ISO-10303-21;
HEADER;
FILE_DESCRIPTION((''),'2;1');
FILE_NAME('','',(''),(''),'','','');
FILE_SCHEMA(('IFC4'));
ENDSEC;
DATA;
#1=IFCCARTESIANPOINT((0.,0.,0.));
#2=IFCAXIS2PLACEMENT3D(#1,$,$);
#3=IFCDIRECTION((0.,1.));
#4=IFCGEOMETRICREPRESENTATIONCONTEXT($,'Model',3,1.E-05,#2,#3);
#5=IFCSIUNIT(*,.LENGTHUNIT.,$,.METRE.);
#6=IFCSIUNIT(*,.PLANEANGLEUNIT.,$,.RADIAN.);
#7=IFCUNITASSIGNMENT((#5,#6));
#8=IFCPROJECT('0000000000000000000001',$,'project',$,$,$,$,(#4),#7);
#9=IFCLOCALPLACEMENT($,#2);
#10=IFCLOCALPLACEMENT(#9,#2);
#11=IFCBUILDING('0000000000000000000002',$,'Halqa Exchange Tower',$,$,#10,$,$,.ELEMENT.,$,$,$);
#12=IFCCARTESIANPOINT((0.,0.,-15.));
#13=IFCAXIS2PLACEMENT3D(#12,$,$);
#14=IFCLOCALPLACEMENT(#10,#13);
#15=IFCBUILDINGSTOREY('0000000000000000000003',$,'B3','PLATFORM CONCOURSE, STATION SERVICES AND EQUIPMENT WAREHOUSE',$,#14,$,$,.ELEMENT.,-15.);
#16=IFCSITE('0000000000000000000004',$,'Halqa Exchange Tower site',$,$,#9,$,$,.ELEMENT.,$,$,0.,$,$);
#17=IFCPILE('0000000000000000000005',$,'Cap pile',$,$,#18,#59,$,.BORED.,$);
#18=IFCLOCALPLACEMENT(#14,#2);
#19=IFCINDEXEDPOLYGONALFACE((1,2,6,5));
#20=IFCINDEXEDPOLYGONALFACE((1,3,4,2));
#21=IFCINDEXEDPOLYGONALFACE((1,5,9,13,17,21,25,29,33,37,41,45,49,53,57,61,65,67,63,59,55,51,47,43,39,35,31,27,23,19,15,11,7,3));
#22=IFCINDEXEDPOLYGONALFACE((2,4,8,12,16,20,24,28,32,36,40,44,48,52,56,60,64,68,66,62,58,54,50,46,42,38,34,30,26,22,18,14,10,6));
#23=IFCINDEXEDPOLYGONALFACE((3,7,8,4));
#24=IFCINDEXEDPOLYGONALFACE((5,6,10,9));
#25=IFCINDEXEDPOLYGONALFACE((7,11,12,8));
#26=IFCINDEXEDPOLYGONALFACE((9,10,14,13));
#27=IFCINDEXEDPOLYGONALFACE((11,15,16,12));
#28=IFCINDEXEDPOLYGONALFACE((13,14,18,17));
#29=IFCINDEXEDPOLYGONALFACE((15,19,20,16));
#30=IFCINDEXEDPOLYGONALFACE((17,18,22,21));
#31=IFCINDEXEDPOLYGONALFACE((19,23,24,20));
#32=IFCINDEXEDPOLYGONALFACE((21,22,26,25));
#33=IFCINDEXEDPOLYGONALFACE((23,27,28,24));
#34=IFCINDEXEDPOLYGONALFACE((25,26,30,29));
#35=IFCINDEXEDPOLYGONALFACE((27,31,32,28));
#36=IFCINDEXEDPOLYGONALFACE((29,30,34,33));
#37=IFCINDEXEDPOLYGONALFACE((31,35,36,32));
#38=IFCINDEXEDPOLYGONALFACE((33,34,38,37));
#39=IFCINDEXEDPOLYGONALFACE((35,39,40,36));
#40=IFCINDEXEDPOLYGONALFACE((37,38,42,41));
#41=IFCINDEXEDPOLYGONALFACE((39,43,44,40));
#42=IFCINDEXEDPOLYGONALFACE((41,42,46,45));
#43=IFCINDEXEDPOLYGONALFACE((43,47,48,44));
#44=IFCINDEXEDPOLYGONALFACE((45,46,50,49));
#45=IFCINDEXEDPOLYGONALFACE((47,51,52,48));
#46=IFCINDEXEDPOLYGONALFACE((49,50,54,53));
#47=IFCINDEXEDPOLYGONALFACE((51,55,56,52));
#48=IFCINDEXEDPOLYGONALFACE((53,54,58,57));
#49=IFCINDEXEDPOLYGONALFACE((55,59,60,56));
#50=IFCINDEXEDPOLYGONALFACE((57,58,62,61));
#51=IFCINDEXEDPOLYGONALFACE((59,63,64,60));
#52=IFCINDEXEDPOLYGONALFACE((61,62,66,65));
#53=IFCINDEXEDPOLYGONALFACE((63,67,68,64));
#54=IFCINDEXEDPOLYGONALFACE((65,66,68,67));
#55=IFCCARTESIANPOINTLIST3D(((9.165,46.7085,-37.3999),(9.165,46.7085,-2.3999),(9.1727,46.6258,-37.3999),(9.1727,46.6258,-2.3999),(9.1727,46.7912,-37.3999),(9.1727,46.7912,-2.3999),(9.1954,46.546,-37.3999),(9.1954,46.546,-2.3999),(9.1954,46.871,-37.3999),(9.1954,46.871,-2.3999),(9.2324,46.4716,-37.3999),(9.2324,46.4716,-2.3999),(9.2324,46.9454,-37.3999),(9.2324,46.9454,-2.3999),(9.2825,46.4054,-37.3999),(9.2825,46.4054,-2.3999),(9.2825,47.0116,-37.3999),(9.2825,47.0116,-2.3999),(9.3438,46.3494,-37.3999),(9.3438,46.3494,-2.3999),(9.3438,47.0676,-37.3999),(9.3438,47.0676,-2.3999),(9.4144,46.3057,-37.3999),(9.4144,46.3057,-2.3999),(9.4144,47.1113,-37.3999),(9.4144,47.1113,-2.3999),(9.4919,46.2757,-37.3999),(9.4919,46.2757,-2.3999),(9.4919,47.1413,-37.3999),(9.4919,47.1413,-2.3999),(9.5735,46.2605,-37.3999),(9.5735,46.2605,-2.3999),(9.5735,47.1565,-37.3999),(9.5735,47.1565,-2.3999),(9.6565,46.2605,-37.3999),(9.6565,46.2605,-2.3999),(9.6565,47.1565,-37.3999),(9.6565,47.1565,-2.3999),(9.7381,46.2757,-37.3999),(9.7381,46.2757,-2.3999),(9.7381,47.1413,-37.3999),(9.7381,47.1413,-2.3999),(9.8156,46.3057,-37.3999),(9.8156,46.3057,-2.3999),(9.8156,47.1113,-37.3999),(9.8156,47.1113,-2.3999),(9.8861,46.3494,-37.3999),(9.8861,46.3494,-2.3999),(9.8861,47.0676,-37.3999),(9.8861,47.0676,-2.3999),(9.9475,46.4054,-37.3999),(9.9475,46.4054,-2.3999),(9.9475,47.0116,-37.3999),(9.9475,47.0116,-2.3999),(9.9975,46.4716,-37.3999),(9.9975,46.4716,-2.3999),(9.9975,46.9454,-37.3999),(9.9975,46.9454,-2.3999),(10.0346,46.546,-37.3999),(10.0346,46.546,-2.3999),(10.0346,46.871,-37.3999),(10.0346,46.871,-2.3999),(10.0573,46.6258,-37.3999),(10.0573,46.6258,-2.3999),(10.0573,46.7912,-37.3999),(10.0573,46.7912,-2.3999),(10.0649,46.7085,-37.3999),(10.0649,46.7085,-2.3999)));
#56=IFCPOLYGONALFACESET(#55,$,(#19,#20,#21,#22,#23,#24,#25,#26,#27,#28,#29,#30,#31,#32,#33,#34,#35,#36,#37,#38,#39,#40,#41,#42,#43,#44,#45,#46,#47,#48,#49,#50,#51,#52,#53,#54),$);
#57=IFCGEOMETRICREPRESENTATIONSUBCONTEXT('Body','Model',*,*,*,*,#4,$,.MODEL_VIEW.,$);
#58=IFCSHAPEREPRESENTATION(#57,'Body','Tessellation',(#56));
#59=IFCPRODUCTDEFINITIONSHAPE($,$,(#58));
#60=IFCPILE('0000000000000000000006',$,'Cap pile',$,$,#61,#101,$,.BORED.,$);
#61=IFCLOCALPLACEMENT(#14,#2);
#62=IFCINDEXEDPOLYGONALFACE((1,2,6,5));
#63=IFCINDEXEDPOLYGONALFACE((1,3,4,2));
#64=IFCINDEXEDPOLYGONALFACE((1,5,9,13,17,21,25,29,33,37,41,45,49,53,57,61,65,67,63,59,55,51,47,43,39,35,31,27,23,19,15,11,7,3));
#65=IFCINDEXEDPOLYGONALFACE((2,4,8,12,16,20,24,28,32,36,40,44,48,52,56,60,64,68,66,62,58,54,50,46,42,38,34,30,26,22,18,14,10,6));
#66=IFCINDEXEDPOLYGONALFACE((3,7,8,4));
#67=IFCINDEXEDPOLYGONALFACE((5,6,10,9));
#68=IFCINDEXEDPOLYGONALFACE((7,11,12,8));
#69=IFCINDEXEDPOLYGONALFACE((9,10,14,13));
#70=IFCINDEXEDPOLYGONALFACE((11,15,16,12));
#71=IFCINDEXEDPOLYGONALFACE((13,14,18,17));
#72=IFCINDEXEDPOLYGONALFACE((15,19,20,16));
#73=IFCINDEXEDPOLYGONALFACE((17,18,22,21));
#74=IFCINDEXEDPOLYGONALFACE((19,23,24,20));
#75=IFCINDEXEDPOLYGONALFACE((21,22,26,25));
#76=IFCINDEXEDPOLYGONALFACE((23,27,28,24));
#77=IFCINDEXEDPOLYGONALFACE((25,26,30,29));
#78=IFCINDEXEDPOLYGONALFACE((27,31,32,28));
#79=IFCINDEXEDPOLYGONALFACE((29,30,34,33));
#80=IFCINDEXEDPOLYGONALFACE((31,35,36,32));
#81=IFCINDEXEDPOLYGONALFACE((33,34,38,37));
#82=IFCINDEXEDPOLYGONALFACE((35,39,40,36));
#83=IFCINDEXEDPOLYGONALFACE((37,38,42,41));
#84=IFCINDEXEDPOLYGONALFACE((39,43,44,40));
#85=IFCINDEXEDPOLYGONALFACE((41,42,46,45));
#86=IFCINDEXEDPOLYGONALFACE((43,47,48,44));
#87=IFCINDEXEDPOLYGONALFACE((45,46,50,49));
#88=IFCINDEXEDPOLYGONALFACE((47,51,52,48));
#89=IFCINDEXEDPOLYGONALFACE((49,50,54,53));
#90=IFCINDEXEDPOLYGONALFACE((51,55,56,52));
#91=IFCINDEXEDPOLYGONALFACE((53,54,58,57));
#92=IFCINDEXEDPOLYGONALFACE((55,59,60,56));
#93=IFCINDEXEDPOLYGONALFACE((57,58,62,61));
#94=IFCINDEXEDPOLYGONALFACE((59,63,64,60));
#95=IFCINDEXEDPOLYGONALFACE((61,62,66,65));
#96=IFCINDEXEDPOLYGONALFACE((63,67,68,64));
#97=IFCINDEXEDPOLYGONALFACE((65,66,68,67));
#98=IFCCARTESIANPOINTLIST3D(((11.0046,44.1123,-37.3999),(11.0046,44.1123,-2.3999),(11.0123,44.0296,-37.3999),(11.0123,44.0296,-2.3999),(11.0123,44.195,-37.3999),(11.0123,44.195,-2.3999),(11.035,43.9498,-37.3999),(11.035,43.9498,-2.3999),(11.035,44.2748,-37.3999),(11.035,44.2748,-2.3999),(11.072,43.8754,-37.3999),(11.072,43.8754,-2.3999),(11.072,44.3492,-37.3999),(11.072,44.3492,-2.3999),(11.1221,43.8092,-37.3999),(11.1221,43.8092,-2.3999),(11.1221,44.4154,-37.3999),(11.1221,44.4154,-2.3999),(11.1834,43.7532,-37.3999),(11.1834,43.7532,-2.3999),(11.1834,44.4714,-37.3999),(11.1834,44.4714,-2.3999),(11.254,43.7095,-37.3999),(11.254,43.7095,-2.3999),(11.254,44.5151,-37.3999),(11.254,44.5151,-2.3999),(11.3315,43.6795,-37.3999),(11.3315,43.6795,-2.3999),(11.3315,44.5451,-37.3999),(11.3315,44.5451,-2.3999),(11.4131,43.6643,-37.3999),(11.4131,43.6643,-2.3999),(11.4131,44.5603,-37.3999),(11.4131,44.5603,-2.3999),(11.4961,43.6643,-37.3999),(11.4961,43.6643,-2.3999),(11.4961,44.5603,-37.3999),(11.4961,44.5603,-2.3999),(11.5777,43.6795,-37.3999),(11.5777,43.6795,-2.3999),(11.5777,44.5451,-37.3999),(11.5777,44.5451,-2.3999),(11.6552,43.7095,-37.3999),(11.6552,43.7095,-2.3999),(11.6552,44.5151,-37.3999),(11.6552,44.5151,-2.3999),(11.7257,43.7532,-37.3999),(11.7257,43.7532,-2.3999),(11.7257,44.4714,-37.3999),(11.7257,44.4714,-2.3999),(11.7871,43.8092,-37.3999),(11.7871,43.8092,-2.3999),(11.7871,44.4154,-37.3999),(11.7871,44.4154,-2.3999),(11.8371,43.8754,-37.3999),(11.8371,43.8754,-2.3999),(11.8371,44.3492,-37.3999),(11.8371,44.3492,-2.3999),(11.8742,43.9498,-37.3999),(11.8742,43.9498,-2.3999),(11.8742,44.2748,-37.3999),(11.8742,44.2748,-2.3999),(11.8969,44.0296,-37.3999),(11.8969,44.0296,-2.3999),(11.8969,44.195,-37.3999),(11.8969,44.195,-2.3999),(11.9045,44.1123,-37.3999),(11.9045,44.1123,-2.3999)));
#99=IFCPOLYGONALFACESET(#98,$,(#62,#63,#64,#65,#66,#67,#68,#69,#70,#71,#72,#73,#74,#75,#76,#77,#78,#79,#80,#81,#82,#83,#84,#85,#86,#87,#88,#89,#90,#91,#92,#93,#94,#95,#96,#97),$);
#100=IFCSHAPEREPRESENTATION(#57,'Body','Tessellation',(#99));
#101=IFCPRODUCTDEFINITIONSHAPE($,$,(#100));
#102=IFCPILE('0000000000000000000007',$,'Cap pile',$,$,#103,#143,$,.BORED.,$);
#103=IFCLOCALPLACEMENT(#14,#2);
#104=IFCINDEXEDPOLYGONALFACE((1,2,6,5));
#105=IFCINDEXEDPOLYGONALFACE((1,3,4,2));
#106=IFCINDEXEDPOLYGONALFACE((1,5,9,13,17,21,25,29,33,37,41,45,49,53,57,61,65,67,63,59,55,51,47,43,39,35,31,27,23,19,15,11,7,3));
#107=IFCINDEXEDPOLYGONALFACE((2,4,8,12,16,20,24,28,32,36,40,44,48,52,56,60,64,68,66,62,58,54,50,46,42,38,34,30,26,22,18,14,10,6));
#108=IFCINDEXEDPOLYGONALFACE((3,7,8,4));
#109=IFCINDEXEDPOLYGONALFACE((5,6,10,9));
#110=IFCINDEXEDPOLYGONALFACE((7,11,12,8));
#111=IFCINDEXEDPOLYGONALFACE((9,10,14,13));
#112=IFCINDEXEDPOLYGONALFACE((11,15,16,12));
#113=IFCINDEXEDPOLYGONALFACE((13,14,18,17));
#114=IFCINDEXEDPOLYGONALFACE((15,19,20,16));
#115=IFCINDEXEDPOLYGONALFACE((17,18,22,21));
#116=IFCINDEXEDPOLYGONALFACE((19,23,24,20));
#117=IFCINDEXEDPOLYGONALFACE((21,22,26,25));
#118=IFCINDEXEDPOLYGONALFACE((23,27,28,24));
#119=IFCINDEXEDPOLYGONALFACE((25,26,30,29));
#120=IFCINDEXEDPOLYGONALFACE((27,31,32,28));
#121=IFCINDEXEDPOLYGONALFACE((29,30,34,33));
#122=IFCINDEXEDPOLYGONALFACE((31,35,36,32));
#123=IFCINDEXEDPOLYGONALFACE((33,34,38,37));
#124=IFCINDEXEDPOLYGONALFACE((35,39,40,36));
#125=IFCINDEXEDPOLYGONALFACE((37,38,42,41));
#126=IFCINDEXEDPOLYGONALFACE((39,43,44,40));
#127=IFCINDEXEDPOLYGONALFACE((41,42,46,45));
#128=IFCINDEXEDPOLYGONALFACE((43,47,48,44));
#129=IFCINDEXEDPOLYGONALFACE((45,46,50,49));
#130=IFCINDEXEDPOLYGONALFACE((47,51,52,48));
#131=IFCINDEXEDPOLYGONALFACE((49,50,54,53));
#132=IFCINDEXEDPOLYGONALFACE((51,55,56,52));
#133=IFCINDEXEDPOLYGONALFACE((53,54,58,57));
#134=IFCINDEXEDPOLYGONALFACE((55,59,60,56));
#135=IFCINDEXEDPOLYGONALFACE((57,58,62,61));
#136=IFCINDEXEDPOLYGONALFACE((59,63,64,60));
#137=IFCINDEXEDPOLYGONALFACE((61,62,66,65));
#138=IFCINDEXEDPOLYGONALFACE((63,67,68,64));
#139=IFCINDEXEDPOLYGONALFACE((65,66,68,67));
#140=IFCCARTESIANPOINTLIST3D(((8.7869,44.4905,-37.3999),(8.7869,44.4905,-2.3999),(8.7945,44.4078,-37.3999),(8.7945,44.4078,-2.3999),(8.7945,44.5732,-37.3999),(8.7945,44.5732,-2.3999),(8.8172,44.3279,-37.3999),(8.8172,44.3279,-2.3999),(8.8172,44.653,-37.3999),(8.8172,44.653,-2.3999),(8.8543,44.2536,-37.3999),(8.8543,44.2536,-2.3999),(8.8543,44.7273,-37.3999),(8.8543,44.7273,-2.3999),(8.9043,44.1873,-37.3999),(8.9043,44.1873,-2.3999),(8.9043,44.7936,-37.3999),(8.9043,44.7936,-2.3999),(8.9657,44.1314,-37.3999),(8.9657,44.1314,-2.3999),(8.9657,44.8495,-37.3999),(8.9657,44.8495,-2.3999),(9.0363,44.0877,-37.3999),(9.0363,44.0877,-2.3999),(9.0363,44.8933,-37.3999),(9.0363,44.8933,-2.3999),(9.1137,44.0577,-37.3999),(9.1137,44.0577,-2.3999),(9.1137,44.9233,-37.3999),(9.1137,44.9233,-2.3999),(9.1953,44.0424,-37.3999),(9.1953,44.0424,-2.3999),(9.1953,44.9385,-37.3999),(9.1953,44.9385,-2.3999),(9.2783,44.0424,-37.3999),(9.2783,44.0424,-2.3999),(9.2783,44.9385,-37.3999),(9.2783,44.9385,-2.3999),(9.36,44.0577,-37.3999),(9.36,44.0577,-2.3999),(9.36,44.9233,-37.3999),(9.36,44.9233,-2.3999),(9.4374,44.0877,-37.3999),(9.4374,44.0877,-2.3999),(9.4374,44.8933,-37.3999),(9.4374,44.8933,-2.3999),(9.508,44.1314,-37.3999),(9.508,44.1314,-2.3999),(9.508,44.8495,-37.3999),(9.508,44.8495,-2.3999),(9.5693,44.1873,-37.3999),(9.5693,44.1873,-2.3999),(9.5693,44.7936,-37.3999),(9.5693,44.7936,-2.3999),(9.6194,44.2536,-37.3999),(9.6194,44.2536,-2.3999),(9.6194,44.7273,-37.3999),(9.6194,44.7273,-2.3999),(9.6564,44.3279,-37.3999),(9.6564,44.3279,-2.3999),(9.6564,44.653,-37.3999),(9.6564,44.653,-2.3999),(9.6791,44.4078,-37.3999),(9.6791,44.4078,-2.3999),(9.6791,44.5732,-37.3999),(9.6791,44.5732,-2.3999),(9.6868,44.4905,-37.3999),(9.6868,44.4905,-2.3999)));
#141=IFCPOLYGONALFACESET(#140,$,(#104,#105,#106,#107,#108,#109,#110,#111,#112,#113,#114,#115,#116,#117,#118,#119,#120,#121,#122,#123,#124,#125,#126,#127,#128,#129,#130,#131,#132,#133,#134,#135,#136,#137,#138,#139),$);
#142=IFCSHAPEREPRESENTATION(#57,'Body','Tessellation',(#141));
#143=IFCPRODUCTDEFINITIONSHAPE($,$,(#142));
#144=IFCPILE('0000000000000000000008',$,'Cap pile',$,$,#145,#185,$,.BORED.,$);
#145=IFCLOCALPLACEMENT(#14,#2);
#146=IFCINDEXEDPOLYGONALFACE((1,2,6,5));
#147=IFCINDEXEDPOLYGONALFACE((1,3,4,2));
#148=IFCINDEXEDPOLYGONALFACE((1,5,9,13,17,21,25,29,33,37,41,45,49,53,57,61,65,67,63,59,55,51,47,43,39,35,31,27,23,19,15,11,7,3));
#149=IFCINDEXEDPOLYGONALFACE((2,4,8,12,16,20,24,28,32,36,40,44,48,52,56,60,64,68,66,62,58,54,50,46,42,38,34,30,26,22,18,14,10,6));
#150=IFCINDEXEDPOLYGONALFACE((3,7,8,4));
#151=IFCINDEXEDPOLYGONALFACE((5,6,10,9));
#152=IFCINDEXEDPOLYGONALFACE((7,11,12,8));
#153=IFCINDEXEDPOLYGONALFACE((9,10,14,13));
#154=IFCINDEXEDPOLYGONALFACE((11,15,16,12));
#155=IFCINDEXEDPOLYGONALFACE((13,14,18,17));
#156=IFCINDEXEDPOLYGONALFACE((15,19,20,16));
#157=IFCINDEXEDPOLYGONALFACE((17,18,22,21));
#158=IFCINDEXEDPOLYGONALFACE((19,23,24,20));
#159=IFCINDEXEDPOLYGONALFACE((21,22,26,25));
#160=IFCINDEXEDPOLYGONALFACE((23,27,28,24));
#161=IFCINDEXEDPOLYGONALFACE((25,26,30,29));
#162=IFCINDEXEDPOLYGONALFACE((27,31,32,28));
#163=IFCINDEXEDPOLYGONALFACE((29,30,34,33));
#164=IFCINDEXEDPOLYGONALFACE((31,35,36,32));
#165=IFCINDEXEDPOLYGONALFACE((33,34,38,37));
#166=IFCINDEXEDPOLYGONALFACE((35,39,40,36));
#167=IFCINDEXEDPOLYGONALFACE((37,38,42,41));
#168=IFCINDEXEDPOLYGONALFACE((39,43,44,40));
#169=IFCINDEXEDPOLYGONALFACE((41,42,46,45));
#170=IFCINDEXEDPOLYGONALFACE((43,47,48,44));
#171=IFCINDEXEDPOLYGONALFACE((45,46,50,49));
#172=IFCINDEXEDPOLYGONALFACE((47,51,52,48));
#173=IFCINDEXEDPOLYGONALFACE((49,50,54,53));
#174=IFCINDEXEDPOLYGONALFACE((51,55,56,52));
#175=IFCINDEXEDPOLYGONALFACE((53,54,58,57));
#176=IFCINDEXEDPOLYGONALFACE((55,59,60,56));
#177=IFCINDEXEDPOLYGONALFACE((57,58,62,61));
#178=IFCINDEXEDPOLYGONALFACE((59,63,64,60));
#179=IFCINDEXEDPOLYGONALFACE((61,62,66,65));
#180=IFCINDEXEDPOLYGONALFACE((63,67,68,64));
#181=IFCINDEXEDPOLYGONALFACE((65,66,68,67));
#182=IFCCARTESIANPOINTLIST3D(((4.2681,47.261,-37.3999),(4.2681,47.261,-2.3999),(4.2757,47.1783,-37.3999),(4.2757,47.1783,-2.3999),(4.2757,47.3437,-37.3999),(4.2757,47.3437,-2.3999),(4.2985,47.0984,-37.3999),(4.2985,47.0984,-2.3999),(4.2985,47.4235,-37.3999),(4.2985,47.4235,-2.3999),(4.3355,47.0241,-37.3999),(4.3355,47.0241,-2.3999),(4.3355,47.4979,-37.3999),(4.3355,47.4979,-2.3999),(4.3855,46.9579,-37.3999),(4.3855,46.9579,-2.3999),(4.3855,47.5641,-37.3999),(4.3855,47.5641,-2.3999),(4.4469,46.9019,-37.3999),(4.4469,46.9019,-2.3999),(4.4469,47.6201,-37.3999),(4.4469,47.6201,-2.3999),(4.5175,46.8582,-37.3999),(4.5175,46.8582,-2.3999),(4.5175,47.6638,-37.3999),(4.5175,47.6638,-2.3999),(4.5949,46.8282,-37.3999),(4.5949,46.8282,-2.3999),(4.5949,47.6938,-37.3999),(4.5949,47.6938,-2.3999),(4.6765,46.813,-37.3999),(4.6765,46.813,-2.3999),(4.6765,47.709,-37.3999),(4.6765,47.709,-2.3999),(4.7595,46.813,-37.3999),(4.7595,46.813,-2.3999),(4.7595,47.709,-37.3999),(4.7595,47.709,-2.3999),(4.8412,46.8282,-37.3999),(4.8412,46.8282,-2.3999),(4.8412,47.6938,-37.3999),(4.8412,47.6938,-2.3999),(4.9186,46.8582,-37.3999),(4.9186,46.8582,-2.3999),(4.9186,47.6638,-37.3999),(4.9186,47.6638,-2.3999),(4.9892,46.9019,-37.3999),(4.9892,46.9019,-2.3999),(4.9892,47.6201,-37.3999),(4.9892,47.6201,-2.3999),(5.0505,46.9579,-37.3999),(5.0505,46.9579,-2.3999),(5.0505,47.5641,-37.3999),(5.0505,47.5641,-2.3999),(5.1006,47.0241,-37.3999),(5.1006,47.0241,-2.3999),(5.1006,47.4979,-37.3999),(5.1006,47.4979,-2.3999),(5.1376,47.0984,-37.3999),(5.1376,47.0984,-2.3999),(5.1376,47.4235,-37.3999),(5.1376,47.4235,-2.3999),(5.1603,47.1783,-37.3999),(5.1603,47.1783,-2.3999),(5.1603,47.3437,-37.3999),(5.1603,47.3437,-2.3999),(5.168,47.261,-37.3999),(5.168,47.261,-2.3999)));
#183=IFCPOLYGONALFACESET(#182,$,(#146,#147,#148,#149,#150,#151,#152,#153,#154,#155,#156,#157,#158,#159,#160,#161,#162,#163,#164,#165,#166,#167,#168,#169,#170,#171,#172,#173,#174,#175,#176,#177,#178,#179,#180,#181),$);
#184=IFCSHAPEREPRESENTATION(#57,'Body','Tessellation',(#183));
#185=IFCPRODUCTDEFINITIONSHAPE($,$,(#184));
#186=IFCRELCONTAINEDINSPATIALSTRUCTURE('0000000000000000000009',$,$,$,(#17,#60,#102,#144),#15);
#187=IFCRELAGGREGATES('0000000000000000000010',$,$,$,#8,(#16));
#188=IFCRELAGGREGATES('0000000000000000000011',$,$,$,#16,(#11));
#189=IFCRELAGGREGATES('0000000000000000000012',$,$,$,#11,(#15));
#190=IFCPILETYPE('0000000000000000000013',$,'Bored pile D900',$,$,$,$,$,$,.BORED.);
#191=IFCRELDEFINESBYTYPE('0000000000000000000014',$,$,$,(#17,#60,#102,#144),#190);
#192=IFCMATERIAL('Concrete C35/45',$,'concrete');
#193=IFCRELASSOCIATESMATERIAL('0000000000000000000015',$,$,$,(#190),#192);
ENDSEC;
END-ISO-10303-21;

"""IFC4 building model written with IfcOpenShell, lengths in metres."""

from ifc_helpers import new_model, si_unit, direction, frame, origin, origin_2d, place, context, subcontext, project, spatial, circle, extrude, material, material_profile, profile_set, type_object, element, save


model = new_model("IFC4")

# Units and contexts
model_context = context("Model", 3, precision=1e-05, world=origin(), true_north=direction((0.0, 1.0)))
body_context = subcontext(model_context, "Body", "Model", "MODEL_VIEW")
ifc_project = project(units=[si_unit("LENGTHUNIT", "METRE"), si_unit("PLANEANGLEUNIT", "RADIAN")], contexts=[model_context])

# Site, building, storey
site_placement = place(None, origin())
site = spatial("IfcSite", under=ifc_project, at=site_placement, Name="Halqa Exchange Tower site", CompositionType="ELEMENT", RefElevation=0.0)
building_placement = place(site_placement, origin())
building = spatial("IfcBuilding", under=site, at=building_placement, Name="Halqa Exchange Tower", CompositionType="ELEMENT")
storey_placement = place(building_placement, frame((0.0, 0.0, -15.0)))
storey = spatial("IfcBuildingStorey", under=building, at=storey_placement, Name="B3", Description="PLATFORM CONCOURSE, STATION SERVICES AND EQUIPMENT WAREHOUSE", CompositionType="ELEMENT", Elevation=-15.0)

# Piles
ifc_material_1 = material(Name="Concrete C35/45", Category="concrete")
ifc_material_profile_1 = material_profile(ifc_material_1, circle(Radius=0.45, at=origin_2d()), Name="D900")
ifc_profile_set_1 = profile_set([ifc_material_profile_1], Name="Concrete C35/45")
pile_type = type_object("IfcPileType", Name="Bored pile D900", PredefinedType="BORED", material=ifc_profile_set_1)
for number, where, z_axis, x_axis, name in (
    (1, (9.615, 46.7085, -2.3999), (0.0, 0.0, -1.0), (1.0, 0.0, 0.0), "Cap pile"),
    (2, (11.4546, 44.1123, -2.3999), (0.0, 0.0, -1.0), (1.0, 0.0, 0.0), "Cap pile"),
    (3, (9.2368, 44.4905, -2.3999), (0.0, 0.0, -1.0), (1.0, 0.0, 0.0), "Cap pile"),
    (4, (4.718, 47.261, -2.3999), (0.0, 0.0, -1.0), (1.0, 0.0, 0.0), "Cap pile"),
):
    element("IfcPile", number, at=place(storey_placement, frame(where, z_axis=z_axis, x_axis=x_axis)), inside=storey, type_object=pile_type, Name=name, PredefinedType="BORED", context=body_context, shape_type="SweptSolid", body=[
        extrude(circle(Radius=0.45, at=origin_2d()), origin(), (0.0, 0.0, 1.0), 35.0),
    ])

save(model, "model.ifc")
